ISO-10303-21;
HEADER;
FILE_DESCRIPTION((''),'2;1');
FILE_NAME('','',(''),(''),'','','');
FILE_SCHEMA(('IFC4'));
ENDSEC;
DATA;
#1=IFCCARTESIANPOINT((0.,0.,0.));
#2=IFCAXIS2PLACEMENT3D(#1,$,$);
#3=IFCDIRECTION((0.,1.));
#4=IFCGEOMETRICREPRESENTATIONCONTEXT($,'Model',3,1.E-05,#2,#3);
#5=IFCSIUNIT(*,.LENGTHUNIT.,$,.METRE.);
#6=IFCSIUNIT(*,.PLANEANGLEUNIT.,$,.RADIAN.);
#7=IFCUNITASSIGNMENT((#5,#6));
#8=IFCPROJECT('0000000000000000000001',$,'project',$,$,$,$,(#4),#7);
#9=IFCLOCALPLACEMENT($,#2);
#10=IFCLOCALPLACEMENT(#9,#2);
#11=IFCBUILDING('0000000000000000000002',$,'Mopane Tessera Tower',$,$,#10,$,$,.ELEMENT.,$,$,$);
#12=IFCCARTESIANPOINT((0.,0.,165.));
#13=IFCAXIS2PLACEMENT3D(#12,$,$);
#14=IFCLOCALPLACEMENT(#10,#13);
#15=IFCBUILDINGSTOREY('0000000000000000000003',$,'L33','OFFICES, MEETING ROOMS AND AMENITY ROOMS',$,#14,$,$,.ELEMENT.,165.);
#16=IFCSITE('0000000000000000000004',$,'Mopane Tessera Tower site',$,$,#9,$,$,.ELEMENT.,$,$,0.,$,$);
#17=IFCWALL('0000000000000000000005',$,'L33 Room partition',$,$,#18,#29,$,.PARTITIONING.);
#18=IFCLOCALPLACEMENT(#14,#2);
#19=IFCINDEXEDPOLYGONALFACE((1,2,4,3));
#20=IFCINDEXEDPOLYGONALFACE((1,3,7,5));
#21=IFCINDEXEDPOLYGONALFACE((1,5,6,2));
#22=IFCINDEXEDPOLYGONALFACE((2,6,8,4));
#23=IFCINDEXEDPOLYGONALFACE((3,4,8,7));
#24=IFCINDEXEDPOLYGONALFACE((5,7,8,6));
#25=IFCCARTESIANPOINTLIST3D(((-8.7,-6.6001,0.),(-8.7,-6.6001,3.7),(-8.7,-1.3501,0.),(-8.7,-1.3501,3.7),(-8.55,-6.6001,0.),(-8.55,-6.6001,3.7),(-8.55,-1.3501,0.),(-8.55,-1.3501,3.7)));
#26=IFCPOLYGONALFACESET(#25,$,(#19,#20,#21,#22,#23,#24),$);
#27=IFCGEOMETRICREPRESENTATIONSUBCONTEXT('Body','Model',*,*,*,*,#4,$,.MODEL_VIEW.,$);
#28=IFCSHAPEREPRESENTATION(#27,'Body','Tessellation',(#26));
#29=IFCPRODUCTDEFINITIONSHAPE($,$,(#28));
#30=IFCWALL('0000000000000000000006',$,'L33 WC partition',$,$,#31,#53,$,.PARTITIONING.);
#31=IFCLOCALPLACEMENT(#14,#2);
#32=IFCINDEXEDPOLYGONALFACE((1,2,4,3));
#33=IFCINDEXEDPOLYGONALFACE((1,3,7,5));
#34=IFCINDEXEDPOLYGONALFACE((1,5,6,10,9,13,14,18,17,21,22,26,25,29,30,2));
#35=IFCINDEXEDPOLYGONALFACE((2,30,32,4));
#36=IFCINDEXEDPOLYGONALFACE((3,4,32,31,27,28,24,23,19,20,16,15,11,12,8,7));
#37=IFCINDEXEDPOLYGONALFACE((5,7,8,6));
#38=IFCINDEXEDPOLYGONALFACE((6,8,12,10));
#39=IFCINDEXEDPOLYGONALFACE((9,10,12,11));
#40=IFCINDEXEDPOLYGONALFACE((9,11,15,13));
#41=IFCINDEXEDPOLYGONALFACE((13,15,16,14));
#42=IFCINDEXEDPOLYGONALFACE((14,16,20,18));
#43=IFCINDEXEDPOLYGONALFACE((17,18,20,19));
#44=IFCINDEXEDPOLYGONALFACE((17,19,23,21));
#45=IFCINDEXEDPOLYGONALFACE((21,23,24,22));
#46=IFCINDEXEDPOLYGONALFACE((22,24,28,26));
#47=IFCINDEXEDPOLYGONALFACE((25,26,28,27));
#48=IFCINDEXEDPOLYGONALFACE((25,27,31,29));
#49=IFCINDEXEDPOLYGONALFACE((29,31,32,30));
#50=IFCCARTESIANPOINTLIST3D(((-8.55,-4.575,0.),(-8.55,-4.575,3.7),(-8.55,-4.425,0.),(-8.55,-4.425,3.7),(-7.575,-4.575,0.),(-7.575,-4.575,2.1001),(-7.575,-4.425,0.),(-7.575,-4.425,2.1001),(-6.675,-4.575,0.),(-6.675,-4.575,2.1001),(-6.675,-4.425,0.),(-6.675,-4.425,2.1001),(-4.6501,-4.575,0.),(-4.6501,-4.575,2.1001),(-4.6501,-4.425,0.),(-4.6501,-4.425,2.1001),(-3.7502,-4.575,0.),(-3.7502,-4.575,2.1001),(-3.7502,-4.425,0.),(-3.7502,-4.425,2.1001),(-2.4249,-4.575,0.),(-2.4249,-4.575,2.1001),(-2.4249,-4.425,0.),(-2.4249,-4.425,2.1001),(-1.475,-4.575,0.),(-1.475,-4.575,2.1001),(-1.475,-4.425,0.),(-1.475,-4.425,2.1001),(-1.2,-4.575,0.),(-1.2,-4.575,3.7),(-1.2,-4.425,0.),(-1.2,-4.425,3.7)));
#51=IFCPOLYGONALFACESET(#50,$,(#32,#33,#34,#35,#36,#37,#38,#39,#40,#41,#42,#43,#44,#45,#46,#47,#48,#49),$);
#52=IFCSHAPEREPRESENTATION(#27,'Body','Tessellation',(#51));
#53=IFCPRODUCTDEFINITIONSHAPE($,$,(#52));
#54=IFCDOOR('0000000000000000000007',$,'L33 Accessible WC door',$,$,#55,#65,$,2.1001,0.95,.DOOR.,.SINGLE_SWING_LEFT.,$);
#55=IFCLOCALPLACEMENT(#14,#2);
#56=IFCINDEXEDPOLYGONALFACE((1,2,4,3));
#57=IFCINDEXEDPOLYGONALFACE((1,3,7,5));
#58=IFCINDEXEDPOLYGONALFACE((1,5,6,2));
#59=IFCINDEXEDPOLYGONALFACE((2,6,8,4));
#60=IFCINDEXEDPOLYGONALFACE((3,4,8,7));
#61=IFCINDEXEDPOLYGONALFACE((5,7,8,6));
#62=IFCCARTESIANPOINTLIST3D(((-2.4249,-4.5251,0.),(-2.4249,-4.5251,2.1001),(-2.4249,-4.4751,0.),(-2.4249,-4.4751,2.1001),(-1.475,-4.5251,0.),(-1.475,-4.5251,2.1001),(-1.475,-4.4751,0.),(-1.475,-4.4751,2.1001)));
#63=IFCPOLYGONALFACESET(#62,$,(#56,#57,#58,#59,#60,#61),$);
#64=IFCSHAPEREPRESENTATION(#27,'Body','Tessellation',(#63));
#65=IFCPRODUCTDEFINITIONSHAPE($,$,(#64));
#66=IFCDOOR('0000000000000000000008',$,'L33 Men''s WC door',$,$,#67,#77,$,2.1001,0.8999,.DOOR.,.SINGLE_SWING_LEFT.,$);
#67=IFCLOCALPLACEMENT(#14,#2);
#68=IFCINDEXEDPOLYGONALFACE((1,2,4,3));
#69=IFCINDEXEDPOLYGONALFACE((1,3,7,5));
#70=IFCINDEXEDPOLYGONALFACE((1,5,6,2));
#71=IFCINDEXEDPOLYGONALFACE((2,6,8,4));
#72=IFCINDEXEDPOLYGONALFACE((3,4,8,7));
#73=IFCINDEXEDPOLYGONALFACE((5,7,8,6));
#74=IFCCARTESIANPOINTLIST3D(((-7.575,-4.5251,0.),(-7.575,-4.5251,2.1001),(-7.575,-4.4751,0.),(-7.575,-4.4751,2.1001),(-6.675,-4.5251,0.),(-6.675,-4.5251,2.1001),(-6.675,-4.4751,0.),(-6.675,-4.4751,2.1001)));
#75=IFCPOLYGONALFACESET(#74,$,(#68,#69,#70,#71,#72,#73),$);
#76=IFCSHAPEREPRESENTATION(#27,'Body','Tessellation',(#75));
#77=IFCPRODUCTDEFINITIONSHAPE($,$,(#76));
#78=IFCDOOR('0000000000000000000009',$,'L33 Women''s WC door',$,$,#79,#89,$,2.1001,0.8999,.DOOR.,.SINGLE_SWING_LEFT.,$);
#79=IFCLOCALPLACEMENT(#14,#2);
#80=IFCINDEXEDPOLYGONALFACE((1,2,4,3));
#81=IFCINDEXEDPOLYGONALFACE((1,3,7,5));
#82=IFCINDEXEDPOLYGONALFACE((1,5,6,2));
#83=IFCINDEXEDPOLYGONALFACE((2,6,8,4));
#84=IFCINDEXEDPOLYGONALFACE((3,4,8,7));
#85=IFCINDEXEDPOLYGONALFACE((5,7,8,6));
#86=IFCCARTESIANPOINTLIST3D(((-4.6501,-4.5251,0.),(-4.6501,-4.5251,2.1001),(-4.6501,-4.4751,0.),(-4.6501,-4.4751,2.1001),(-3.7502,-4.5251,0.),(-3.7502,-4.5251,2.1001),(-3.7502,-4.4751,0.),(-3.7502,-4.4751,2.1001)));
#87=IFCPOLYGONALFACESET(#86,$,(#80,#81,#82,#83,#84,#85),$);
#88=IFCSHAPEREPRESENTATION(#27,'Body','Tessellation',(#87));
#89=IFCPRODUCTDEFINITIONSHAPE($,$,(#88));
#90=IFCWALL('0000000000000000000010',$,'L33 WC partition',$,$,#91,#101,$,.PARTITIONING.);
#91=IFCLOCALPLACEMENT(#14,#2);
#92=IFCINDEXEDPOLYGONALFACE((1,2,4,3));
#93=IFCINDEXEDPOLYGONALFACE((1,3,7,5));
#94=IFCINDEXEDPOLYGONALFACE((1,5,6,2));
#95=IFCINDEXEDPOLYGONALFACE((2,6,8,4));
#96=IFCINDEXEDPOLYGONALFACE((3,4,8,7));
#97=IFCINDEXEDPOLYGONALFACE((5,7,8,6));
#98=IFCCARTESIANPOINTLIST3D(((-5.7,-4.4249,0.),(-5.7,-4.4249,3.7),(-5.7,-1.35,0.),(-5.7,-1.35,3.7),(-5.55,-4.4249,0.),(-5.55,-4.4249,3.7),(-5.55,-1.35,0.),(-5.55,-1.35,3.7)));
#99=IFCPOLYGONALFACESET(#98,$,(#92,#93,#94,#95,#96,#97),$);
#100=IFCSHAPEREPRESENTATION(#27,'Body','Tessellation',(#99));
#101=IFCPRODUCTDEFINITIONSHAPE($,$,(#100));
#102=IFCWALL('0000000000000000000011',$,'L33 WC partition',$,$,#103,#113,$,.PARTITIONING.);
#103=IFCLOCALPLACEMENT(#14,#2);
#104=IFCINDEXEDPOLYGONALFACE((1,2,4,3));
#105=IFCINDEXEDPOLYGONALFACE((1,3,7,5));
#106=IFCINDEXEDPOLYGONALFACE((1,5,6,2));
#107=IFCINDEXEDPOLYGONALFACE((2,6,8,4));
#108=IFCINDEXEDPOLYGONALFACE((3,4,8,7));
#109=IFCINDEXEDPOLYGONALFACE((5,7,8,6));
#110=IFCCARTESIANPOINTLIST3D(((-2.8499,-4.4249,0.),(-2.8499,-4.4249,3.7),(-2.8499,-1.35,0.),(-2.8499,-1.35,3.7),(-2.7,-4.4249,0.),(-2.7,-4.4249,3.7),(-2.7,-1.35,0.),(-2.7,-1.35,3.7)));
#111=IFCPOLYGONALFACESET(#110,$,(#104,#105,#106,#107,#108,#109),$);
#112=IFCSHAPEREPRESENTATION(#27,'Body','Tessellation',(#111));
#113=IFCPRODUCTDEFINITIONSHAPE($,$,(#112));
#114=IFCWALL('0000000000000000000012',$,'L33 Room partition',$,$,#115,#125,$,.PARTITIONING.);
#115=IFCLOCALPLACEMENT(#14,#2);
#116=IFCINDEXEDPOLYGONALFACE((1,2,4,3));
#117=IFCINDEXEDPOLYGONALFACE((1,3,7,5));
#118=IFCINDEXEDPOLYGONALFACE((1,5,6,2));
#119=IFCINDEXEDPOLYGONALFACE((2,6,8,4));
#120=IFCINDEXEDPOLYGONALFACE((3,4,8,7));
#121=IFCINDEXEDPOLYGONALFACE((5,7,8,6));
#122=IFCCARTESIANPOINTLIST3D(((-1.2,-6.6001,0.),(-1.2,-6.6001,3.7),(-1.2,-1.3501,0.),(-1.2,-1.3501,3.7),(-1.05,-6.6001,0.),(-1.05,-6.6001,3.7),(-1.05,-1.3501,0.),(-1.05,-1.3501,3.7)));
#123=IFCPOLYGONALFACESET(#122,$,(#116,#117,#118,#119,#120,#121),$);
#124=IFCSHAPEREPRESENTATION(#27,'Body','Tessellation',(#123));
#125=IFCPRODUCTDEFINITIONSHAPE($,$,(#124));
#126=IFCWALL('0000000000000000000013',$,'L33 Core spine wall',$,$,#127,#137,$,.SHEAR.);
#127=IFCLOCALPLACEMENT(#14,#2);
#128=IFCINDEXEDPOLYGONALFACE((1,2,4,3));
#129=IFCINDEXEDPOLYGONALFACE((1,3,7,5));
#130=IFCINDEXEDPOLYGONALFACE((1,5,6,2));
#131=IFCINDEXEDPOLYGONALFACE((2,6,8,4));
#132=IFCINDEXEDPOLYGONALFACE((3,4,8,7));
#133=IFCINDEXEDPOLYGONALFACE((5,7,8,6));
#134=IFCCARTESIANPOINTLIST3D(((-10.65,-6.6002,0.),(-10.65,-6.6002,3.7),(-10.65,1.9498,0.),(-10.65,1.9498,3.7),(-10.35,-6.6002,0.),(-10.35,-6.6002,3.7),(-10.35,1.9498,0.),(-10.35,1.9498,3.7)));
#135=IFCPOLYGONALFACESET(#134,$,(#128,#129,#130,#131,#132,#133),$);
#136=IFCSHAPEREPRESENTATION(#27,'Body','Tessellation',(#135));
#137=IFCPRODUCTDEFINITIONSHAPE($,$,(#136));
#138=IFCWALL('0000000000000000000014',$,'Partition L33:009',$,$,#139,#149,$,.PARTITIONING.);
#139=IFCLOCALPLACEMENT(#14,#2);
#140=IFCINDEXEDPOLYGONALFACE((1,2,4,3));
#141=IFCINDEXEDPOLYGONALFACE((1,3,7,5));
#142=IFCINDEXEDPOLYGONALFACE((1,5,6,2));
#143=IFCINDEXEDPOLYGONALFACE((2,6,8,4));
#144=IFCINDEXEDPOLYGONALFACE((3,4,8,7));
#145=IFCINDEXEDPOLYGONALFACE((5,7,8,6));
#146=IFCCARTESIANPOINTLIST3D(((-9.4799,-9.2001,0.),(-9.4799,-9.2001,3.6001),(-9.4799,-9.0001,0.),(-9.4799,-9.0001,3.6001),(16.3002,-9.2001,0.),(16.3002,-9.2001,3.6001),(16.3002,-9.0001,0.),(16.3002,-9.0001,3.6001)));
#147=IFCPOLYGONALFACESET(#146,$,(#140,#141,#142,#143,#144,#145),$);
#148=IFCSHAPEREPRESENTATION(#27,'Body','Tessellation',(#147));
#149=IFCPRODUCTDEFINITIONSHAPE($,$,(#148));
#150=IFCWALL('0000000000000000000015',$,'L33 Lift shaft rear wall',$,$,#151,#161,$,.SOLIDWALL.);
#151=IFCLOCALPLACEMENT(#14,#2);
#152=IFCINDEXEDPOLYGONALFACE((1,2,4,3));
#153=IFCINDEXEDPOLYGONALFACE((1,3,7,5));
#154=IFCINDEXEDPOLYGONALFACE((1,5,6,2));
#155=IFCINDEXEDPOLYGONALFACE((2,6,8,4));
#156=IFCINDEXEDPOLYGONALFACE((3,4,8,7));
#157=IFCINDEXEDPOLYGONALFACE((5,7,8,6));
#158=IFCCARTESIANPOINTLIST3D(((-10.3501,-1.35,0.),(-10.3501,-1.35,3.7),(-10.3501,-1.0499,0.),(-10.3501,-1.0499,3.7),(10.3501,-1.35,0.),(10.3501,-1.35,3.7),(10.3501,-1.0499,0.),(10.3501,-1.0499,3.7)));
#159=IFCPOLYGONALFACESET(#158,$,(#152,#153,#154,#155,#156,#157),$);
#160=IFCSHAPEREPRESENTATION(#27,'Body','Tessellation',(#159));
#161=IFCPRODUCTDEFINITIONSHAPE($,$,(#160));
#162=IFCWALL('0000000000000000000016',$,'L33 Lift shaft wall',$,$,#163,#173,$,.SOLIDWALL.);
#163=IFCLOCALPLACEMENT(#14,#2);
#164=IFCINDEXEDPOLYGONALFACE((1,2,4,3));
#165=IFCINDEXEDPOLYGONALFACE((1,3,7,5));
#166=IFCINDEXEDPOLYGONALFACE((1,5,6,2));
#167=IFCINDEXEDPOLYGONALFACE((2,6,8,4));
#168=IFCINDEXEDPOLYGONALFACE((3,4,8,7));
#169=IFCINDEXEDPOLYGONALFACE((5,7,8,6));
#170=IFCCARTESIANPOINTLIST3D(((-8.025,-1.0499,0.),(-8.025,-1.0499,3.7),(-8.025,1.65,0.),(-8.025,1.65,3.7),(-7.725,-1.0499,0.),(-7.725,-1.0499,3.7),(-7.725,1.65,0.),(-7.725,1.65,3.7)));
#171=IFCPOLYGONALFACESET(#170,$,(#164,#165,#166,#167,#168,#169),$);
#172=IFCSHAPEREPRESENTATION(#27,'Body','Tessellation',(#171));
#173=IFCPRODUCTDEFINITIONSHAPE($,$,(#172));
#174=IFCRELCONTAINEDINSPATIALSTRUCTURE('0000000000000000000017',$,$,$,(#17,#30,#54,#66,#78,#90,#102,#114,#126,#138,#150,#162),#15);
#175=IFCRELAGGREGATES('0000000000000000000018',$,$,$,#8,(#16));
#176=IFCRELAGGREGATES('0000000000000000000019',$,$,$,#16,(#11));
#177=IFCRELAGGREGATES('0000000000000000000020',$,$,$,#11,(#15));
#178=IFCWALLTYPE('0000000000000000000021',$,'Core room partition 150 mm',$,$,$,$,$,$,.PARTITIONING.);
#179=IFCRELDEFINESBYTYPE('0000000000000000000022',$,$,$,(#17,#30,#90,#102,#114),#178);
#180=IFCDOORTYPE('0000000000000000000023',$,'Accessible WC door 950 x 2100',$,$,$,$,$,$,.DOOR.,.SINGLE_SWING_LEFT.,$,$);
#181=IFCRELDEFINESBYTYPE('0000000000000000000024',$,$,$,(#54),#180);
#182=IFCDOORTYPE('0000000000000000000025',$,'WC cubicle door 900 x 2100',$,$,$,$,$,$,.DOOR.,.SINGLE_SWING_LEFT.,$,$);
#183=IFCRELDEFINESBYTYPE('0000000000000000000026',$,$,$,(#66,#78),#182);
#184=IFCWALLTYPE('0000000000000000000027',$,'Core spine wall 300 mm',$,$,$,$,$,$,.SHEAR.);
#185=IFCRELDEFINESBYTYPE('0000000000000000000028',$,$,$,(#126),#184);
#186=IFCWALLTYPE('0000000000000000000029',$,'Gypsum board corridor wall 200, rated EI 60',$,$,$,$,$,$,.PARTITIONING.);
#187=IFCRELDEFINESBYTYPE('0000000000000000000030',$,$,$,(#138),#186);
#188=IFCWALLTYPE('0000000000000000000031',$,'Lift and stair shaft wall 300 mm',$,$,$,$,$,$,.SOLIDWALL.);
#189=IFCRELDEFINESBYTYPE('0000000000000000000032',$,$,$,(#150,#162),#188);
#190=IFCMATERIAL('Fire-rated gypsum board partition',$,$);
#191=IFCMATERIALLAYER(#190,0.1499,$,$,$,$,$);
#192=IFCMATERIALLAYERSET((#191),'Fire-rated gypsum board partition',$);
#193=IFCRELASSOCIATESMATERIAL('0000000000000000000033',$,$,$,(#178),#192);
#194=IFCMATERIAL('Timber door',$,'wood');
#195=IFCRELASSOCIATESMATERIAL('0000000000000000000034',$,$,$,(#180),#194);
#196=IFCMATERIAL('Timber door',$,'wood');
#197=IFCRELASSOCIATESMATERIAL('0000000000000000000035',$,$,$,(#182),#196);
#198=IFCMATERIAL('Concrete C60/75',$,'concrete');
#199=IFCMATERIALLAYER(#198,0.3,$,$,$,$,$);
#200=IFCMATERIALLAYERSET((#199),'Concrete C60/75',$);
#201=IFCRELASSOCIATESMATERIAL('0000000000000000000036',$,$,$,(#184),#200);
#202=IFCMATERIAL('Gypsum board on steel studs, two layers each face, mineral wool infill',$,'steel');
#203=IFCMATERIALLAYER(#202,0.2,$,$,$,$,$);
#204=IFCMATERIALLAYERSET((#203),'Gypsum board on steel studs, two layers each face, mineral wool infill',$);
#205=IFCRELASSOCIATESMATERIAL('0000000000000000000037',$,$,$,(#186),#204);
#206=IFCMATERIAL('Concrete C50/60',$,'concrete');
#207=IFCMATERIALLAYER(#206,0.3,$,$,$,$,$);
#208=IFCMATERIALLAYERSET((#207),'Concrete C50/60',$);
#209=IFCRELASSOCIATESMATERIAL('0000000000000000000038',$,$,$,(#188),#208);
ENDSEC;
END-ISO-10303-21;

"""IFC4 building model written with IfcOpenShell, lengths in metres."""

from ifc_helpers import new_model, si_unit, direction, frame, frame_2d, origin, place, context, subcontext, project, spatial, rectangle, extrude, material, layer, layer_set, type_object, element, fill, save


model = new_model("IFC4")

# Units and contexts
model_context = context("Model", 3, precision=1e-05, world=origin(), true_north=direction((0.0, 1.0)))
body_context = subcontext(model_context, "Body", "Model", "MODEL_VIEW")
ifc_project = project(units=[si_unit("LENGTHUNIT", "METRE"), si_unit("PLANEANGLEUNIT", "RADIAN")], contexts=[model_context])

# Site, building, storey
site_placement = place(None, origin())
site = spatial("IfcSite", under=ifc_project, at=site_placement, Name="Mopane Tessera Tower site", CompositionType="ELEMENT", RefElevation=0.0)
building_placement = place(site_placement, origin())
building = spatial("IfcBuilding", under=site, at=building_placement, Name="Mopane Tessera Tower", CompositionType="ELEMENT")
storey_placement = place(building_placement, frame((0.0, 0.0, 165.0)))
storey = spatial("IfcBuildingStorey", under=building, at=storey_placement, Name="L33", Description="OFFICES, MEETING ROOMS AND AMENITY ROOMS", CompositionType="ELEMENT", Elevation=165.0)

# Wall
ifc_material_1 = material(Name="Fire-rated gypsum board partition")
ifc_layer_1 = layer(ifc_material_1, 0.1499)
ifc_layer_set_1 = layer_set([ifc_layer_1], Name="Fire-rated gypsum board partition")
wall_type_1 = type_object("IfcWallType", Name="Core room partition 150 mm", PredefinedType="PARTITIONING", material=ifc_layer_set_1)
wall_1_placement = place(storey_placement, frame((-8.625, -6.6001, 0.0), z_axis=(0.0, 0.0, 1.0), x_axis=(0.0, 1.0, 0.0)))
element("IfcWall", 1, at=wall_1_placement, inside=storey, type_object=wall_type_1, Name="L33 Room partition", PredefinedType="PARTITIONING", context=body_context, shape_type="SweptSolid", body=[
    extrude(rectangle(XDim=5.25, YDim=0.1499, at=frame_2d((2.625, 0.0))), origin(), (0.0, 0.0, 1.0), 3.7),
])

# Wall, openings, doors
wall_2_placement = place(storey_placement, frame((-8.55, -4.5, 0.0), z_axis=(0.0, 0.0, 1.0), x_axis=(1.0, 0.0, 0.0)))
wall_2 = element("IfcWall", 2, at=wall_2_placement, inside=storey, type_object=wall_type_1, Name="L33 WC partition", PredefinedType="PARTITIONING", context=body_context, shape_type="SweptSolid", body=[
    extrude(rectangle(XDim=7.3501, YDim=0.1499, at=frame_2d((3.675, 0.0))), origin(), (0.0, 0.0, 1.0), 3.7),
])
opening_1_placement = place(wall_2_placement, frame((0.9751, 0.0, 0.0)))
opening_1 = element("IfcOpeningElement", 3, at=opening_1_placement, cuts=wall_2, PredefinedType="OPENING", context=body_context, shape_type="SweptSolid", body=[
    extrude(rectangle(XDim=0.8999, YDim=2.1001, at=frame_2d((0.45, 1.05))), frame((0.0, 0.0869, 0.0), z_axis=(0.0, -1.0, 0.0), x_axis=(1.0, 0.0, 0.0)), (0.0, 0.0, 1.0), 0.1738),
])
opening_2_placement = place(wall_2_placement, frame((3.8999, 0.0, 0.0)))
opening_2 = element("IfcOpeningElement", 4, at=opening_2_placement, cuts=wall_2, PredefinedType="OPENING", context=body_context, shape_type="SweptSolid", body=[
    extrude(rectangle(XDim=0.8999, YDim=2.1001, at=frame_2d((0.45, 1.05))), frame((0.0, 0.0869, 0.0), z_axis=(0.0, -1.0, 0.0), x_axis=(1.0, 0.0, 0.0)), (0.0, 0.0, 1.0), 0.1738),
])
opening_3_placement = place(wall_2_placement, frame((6.125, 0.0, 0.0)))
opening_3 = element("IfcOpeningElement", 5, at=opening_3_placement, cuts=wall_2, PredefinedType="OPENING", context=body_context, shape_type="SweptSolid", body=[
    extrude(rectangle(XDim=0.95, YDim=2.1001, at=frame_2d((0.4751, 1.05))), frame((0.0, 0.0869, 0.0), z_axis=(0.0, -1.0, 0.0), x_axis=(1.0, 0.0, 0.0)), (0.0, 0.0, 1.0), 0.1738),
])
ifc_material_2 = material(Name="Timber door", Category="wood")
door_type_1 = type_object("IfcDoorType", Name="Accessible WC door 950 x 2100", OperationType="SINGLE_SWING_LEFT", PredefinedType="DOOR", material=ifc_material_2)
door_1_placement = place(opening_3_placement, origin())
door_1 = element("IfcDoor", 6, at=door_1_placement, inside=storey, type_object=door_type_1, Name="L33 Accessible WC door", OperationType="SINGLE_SWING_LEFT", OverallHeight=2.1001, OverallWidth=0.95, PredefinedType="DOOR", context=body_context, shape_type="SweptSolid", body=[
    extrude(rectangle(XDim=0.95, YDim=2.1001, at=frame_2d((0.4751, 1.05))), frame((0.0, 0.0249, 0.0), z_axis=(0.0, -1.0, 0.0), x_axis=(1.0, 0.0, 0.0)), (0.0, 0.0, 1.0), 0.05),
])
fill(opening_3, door_1)
ifc_material_3 = material(Name="Timber door", Category="wood")
door_type_2 = type_object("IfcDoorType", Name="WC cubicle door 900 x 2100", OperationType="SINGLE_SWING_LEFT", PredefinedType="DOOR", material=ifc_material_3)
door_2_placement = place(opening_1_placement, origin())
door_2 = element("IfcDoor", 7, at=door_2_placement, inside=storey, type_object=door_type_2, Name="L33 Men's WC door", OperationType="SINGLE_SWING_LEFT", OverallHeight=2.1001, OverallWidth=0.8999, PredefinedType="DOOR", context=body_context, shape_type="SweptSolid", body=[
    extrude(rectangle(XDim=0.8999, YDim=2.1001, at=frame_2d((0.45, 1.05))), frame((0.0, 0.0249, 0.0), z_axis=(0.0, -1.0, 0.0), x_axis=(1.0, 0.0, 0.0)), (0.0, 0.0, 1.0), 0.05),
])
fill(opening_1, door_2)
door_3_placement = place(opening_2_placement, origin())
door_3 = element("IfcDoor", 8, at=door_3_placement, inside=storey, type_object=door_type_2, Name="L33 Women's WC door", OperationType="SINGLE_SWING_LEFT", OverallHeight=2.1001, OverallWidth=0.8999, PredefinedType="DOOR", context=body_context, shape_type="SweptSolid", body=[
    extrude(rectangle(XDim=0.8999, YDim=2.1001, at=frame_2d((0.45, 1.05))), frame((0.0, 0.0249, 0.0), z_axis=(0.0, -1.0, 0.0), x_axis=(1.0, 0.0, 0.0)), (0.0, 0.0, 1.0), 0.05),
])
fill(opening_2, door_3)

# Walls
for number, where, z_axis, x_axis, name in (
    (9, (-5.625, -4.425, 0.0), (0.0, 0.0, 1.0), (0.0, 1.0, 0.0), "L33 WC partition"),
    (10, (-2.7749, -4.425, 0.0), (0.0, 0.0, 1.0), (0.0, 1.0, 0.0), "L33 WC partition"),
):
    element("IfcWall", number, at=place(storey_placement, frame(where, z_axis=z_axis, x_axis=x_axis)), inside=storey, type_object=wall_type_1, Name=name, PredefinedType="PARTITIONING", context=body_context, shape_type="SweptSolid", body=[
        extrude(rectangle(XDim=3.075, YDim=0.1499, at=frame_2d((1.5376, 0.0))), origin(), (0.0, 0.0, 1.0), 3.7),
    ])
wall_3_placement = place(storey_placement, frame((-1.125, -6.6001, 0.0), z_axis=(0.0, 0.0, 1.0), x_axis=(0.0, 1.0, 0.0)))
element("IfcWall", 11, at=wall_3_placement, inside=storey, type_object=wall_type_1, Name="L33 Room partition", PredefinedType="PARTITIONING", context=body_context, shape_type="SweptSolid", body=[
    extrude(rectangle(XDim=5.25, YDim=0.1499, at=frame_2d((2.625, 0.0))), origin(), (0.0, 0.0, 1.0), 3.7),
])
ifc_material_4 = material(Name="Concrete C60/75", Category="concrete")
ifc_layer_2 = layer(ifc_material_4, 0.3)
ifc_layer_set_2 = layer_set([ifc_layer_2], Name="Concrete C60/75")
wall_type_2 = type_object("IfcWallType", Name="Core spine wall 300 mm", PredefinedType="SHEAR", material=ifc_layer_set_2)
wall_4_placement = place(storey_placement, frame((-10.5, -6.6001, 0.0), z_axis=(0.0, 0.0, 1.0), x_axis=(0.0, 1.0, 0.0)))
element("IfcWall", 12, at=wall_4_placement, inside=storey, type_object=wall_type_2, Name="L33 Core spine wall", PredefinedType="SHEAR", context=body_context, shape_type="SweptSolid", body=[
    extrude(rectangle(XDim=8.55, YDim=0.3, at=frame_2d((4.2749, 0.0))), origin(), (0.0, 0.0, 1.0), 3.7),
])
ifc_material_5 = material(Name="Gypsum board on steel studs, two layers each face, mineral wool infill", Category="steel")
ifc_layer_3 = layer(ifc_material_5, 0.2)
ifc_layer_set_3 = layer_set([ifc_layer_3], Name="Gypsum board on steel studs, two layers each face, mineral wool infill")
wall_type_3 = type_object("IfcWallType", Name="Gypsum board corridor wall 200, rated EI 60", PredefinedType="PARTITIONING", material=ifc_layer_set_3)
wall_5_placement = place(storey_placement, frame((-9.48, -9.1001, 0.0), z_axis=(0.0, 0.0, 1.0), x_axis=(1.0, 0.0, 0.0)))
element("IfcWall", 13, at=wall_5_placement, inside=storey, type_object=wall_type_3, Name="Partition L33:009", PredefinedType="PARTITIONING", context=body_context, shape_type="SweptSolid", body=[
    extrude(rectangle(XDim=25.78, YDim=0.2, at=frame_2d((12.8901, 0.0))), origin(), (0.0, 0.0, 1.0), 3.6001),
])
ifc_material_6 = material(Name="Concrete C50/60", Category="concrete")
ifc_layer_4 = layer(ifc_material_6, 0.3)
ifc_layer_set_4 = layer_set([ifc_layer_4], Name="Concrete C50/60")
wall_type_4 = type_object("IfcWallType", Name="Lift and stair shaft wall 300 mm", PredefinedType="SOLIDWALL", material=ifc_layer_set_4)
wall_6_placement = place(storey_placement, frame((-10.3501, -1.2, 0.0), z_axis=(0.0, 0.0, 1.0), x_axis=(1.0, 0.0, 0.0)))
element("IfcWall", 14, at=wall_6_placement, inside=storey, type_object=wall_type_4, Name="L33 Lift shaft rear wall", PredefinedType="SOLIDWALL", context=body_context, shape_type="SweptSolid", body=[
    extrude(rectangle(XDim=20.7002, YDim=0.3, at=frame_2d((10.3501, 0.0))), origin(), (0.0, 0.0, 1.0), 3.7),
])
for number, where, z_axis, x_axis, name in (
    (15, (-7.875, -1.05, 0.0), (0.0, 0.0, 1.0), (0.0, 1.0, 0.0), "L33 Lift shaft wall"),
):
    element("IfcWall", number, at=place(storey_placement, frame(where, z_axis=z_axis, x_axis=x_axis)), inside=storey, type_object=wall_type_4, Name=name, PredefinedType="SOLIDWALL", context=body_context, shape_type="SweptSolid", body=[
        extrude(rectangle(XDim=2.7, YDim=0.3, at=frame_2d((1.3501, 0.0))), origin(), (0.0, 0.0, 1.0), 3.7),
    ])

save(model, "model.ifc")
